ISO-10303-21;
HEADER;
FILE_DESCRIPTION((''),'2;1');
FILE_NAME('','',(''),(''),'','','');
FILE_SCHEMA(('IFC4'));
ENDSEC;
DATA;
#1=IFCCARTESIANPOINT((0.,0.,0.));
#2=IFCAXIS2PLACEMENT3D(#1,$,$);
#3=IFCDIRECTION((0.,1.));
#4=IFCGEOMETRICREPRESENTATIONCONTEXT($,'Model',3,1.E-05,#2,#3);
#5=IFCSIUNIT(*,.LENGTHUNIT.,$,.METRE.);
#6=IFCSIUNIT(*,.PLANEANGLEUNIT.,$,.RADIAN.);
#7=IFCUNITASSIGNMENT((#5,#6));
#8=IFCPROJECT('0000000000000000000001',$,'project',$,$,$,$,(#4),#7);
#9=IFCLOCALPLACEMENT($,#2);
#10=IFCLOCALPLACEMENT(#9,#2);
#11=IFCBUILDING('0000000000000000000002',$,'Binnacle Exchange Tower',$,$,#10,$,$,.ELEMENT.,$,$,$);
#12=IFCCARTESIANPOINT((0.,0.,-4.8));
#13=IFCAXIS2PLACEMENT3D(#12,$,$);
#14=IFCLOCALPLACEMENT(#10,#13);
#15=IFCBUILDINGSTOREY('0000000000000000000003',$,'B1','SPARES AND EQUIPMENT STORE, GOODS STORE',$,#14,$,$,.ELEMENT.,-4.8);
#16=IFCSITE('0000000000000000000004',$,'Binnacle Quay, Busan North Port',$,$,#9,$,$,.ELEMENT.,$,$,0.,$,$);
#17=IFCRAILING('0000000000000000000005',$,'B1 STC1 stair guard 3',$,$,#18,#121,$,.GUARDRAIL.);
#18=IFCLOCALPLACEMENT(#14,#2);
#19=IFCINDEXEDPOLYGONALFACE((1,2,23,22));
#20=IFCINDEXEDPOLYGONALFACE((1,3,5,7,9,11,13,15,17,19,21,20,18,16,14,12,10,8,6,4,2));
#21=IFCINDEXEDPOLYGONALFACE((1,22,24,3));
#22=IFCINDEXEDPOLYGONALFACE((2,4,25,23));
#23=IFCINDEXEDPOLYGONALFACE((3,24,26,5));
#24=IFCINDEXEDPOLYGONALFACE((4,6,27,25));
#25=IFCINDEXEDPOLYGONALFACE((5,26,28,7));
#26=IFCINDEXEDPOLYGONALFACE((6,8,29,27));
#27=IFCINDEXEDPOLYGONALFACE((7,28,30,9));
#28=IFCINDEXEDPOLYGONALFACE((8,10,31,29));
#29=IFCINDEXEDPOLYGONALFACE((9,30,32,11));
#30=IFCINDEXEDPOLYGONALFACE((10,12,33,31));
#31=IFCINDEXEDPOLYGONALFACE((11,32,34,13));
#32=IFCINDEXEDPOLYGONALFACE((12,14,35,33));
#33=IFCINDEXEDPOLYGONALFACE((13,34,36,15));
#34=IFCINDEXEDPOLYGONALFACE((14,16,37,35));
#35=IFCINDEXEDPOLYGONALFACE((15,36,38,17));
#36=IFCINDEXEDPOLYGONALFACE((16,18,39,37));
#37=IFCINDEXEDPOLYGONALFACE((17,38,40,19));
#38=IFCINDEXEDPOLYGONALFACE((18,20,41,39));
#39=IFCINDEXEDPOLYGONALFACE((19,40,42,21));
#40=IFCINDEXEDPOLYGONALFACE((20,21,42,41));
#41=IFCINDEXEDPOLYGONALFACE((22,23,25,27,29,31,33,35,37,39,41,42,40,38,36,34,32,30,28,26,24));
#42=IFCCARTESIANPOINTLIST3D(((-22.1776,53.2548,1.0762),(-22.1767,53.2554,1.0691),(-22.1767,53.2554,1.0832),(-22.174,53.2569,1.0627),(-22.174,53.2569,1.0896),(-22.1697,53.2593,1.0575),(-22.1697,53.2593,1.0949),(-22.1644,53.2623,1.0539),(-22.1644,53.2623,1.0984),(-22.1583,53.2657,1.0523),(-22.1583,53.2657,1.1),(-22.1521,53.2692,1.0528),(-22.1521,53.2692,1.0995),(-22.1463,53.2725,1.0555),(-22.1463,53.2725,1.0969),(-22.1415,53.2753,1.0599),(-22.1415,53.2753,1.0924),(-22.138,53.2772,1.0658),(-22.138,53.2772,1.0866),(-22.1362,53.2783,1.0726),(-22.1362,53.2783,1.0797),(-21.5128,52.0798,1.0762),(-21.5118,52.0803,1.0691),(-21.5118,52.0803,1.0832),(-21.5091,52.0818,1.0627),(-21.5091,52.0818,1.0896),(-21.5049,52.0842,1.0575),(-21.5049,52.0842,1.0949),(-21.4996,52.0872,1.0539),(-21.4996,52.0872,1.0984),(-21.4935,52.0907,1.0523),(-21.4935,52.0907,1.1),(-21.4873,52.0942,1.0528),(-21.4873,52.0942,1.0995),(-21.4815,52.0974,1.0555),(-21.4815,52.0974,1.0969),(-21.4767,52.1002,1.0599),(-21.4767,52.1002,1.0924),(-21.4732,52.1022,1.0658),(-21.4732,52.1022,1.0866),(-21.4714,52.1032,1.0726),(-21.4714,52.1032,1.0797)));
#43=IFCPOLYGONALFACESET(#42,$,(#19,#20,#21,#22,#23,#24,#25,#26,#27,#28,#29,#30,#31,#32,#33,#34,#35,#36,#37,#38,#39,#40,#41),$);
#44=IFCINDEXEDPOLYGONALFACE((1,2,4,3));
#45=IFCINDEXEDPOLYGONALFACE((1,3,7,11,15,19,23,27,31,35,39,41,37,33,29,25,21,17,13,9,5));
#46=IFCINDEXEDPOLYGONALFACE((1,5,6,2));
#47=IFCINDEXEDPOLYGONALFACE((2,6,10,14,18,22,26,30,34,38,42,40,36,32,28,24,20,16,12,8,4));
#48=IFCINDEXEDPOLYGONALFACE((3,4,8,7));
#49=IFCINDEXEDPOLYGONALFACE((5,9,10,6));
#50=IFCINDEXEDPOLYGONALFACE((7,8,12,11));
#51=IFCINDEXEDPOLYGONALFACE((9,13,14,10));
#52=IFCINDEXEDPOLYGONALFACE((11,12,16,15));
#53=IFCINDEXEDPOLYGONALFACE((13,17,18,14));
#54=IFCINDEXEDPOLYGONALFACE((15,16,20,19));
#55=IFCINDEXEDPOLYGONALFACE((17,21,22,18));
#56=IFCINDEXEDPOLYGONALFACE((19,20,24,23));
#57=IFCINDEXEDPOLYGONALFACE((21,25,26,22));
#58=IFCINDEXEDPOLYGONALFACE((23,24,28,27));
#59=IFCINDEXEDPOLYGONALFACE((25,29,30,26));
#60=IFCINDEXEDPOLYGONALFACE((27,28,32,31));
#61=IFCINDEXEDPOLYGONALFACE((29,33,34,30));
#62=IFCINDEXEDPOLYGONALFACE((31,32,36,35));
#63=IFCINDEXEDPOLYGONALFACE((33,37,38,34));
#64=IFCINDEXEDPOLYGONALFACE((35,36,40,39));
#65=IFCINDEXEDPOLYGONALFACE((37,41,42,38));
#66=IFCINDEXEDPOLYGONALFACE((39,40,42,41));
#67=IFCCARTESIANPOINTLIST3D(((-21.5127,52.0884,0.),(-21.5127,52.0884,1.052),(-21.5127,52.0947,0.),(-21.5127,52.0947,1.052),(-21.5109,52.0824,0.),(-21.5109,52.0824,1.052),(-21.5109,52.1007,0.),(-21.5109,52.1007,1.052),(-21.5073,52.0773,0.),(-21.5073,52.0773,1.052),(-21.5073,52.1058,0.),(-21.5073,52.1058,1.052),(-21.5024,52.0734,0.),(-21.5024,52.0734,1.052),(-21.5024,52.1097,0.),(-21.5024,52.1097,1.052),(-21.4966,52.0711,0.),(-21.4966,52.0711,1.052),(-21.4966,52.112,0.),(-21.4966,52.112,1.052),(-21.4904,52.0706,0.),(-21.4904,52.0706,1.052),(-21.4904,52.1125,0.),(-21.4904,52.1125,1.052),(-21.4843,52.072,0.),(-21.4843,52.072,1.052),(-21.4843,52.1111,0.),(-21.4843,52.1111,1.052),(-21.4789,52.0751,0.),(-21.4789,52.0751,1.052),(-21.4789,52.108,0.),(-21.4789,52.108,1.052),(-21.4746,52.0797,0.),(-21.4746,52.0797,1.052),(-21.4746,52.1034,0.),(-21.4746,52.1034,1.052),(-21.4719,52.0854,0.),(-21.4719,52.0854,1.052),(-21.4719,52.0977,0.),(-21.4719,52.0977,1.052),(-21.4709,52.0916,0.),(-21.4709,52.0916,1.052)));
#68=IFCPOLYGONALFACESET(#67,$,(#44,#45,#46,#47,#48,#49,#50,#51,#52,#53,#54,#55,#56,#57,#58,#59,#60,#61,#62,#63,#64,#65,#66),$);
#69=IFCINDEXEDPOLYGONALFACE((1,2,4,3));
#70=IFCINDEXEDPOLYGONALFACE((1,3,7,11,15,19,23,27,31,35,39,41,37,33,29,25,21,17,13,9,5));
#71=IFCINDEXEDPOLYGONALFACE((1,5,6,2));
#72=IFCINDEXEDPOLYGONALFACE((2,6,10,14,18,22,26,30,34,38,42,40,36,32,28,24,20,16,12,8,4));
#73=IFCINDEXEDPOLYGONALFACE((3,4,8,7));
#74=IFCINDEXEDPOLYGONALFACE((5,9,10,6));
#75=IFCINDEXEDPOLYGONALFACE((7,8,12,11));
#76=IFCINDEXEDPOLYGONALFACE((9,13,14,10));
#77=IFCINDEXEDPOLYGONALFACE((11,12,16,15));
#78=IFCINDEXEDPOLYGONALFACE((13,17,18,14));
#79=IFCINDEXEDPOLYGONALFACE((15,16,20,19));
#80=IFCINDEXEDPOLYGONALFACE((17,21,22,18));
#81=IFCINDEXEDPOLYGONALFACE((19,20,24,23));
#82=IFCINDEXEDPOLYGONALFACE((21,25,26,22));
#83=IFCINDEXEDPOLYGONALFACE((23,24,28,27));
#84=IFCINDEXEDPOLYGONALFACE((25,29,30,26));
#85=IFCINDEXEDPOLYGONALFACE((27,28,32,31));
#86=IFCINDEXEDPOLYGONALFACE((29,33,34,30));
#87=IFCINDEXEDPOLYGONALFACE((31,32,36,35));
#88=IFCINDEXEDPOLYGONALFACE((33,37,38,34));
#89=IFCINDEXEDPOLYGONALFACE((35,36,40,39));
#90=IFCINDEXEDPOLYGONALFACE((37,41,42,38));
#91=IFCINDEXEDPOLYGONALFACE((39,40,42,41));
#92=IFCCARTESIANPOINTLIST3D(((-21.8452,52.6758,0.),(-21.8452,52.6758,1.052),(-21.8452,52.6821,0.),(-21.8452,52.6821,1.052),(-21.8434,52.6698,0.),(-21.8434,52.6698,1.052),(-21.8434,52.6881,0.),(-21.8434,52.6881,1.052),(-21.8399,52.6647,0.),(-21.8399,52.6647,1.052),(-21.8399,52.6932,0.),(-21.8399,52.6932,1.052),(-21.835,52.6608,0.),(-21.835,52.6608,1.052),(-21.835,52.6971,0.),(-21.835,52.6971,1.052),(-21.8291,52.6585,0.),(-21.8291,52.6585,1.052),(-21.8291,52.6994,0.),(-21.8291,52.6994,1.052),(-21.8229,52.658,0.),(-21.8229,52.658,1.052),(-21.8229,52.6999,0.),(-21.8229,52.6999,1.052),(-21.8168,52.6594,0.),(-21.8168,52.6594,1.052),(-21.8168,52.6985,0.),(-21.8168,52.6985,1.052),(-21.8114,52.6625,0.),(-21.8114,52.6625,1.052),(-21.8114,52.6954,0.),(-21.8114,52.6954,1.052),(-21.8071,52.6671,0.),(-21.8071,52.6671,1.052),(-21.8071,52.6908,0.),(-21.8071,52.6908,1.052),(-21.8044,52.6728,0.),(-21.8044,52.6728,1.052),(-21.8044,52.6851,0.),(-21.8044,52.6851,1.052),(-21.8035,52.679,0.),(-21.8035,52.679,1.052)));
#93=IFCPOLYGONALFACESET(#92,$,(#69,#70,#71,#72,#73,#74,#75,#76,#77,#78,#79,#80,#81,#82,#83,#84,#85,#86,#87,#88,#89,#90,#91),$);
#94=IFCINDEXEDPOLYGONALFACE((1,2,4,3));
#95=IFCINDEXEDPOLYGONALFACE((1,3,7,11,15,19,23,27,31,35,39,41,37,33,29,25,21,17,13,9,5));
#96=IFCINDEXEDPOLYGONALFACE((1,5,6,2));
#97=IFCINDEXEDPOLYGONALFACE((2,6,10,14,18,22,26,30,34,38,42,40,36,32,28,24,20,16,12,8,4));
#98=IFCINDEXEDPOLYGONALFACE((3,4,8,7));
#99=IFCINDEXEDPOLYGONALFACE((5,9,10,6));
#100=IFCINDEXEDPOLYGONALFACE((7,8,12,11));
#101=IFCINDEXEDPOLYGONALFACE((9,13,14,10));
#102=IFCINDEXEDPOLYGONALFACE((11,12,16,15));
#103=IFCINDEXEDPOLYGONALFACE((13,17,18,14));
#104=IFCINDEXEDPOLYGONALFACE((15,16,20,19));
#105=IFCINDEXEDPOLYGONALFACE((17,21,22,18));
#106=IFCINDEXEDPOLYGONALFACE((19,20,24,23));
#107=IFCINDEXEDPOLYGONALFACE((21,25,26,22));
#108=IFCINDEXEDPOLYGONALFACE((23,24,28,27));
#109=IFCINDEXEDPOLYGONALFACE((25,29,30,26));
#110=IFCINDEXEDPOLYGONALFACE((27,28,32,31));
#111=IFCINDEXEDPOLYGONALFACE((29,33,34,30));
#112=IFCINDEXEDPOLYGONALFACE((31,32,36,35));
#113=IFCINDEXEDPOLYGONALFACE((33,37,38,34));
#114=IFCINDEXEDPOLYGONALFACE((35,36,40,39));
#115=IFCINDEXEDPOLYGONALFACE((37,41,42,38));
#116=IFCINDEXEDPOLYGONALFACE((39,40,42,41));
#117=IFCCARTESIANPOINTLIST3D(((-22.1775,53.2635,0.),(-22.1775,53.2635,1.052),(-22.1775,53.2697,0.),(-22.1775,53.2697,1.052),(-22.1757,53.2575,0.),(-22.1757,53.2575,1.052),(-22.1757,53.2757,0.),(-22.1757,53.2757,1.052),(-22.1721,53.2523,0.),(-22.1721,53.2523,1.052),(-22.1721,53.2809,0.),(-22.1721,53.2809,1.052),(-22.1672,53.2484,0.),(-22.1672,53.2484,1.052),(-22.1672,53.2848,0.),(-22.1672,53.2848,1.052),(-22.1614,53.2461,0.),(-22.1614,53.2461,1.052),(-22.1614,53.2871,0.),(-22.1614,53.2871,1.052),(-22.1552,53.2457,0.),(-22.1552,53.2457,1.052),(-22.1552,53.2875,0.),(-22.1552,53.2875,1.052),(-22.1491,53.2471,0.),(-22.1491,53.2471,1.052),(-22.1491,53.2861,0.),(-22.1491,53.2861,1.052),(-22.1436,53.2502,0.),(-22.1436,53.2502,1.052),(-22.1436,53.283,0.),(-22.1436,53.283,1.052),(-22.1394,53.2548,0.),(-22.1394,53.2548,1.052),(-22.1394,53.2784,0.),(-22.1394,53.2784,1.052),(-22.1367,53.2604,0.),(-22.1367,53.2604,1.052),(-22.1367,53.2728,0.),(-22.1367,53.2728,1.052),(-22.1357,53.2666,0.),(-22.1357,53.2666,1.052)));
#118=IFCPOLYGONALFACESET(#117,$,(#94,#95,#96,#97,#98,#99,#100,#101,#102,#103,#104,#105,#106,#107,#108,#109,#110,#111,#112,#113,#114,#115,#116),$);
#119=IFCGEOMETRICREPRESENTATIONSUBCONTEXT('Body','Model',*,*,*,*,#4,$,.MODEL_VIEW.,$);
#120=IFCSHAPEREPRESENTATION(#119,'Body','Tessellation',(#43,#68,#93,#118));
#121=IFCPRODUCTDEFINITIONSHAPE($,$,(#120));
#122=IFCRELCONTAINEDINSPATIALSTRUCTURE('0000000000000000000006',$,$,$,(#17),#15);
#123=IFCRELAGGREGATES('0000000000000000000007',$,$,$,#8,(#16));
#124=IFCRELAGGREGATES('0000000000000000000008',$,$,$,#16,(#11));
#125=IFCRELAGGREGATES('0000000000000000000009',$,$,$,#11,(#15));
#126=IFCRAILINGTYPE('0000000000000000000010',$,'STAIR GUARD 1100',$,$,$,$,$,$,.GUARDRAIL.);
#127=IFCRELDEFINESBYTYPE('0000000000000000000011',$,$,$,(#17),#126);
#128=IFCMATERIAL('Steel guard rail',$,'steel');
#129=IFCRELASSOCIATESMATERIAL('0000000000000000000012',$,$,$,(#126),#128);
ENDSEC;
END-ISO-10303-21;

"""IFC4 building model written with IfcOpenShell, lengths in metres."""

from ifc_helpers import new_model, si_unit, direction, frame, origin, origin_2d, place, context, subcontext, project, spatial, circle, extrude, material, type_object, element, save


model = new_model("IFC4")

# Units and contexts
model_context = context("Model", 3, precision=1e-05, world=origin(), true_north=direction((0.0, 1.0)))
body_context = subcontext(model_context, "Body", "Model", "MODEL_VIEW")
ifc_project = project(units=[si_unit("LENGTHUNIT", "METRE"), si_unit("PLANEANGLEUNIT", "RADIAN")], contexts=[model_context])

# Site, building, storey
site_placement = place(None, origin())
site = spatial("IfcSite", under=ifc_project, at=site_placement, Name="Binnacle Quay, Busan North Port", CompositionType="ELEMENT", RefElevation=0.0)
building_placement = place(site_placement, origin())
building = spatial("IfcBuilding", under=site, at=building_placement, Name="Binnacle Exchange Tower", CompositionType="ELEMENT")
storey_placement = place(building_placement, frame((0.0, 0.0, -4.8)))
storey = spatial("IfcBuildingStorey", under=building, at=storey_placement, Name="B1", Description="SPARES AND EQUIPMENT STORE, GOODS STORE", CompositionType="ELEMENT", Elevation=-4.8)

# Railing
ifc_material_1 = material(Name="Steel guard rail", Category="steel")
railing_type_1 = type_object("IfcRailingType", Name="STAIR GUARD 1100", PredefinedType="GUARDRAIL", material=ifc_material_1)
railing_1_placement = place(storey_placement, frame((-21.4919, 52.0916, 0.0)))
element("IfcRailing", 1, at=railing_1_placement, inside=storey, type_object=railing_type_1, Name="B1 STC1 stair guard 3", PredefinedType="GUARDRAIL", context=body_context, shape_type="SweptSolid", body=[
    extrude(circle(Radius=0.0239, at=origin_2d()), frame((0.0, 0.0, 1.0762), z_axis=(-0.492415, 0.870361, 0.0), x_axis=(-0.870361, -0.492415, 0.0)), (0.0, 0.0, 1.0), 1.3501),
    extrude(circle(Radius=0.021, at=origin_2d()), origin(), (0.0, 0.0, 1.0), 1.052),
    extrude(circle(Radius=0.021, at=origin_2d()), frame((-0.3325, 0.5874, 0.0)), (0.0, 0.0, 1.0), 1.052),
    extrude(circle(Radius=0.021, at=origin_2d()), frame((-0.6648, 1.175, 0.0)), (0.0, 0.0, 1.0), 1.052),
])

save(model, "model.ifc")
